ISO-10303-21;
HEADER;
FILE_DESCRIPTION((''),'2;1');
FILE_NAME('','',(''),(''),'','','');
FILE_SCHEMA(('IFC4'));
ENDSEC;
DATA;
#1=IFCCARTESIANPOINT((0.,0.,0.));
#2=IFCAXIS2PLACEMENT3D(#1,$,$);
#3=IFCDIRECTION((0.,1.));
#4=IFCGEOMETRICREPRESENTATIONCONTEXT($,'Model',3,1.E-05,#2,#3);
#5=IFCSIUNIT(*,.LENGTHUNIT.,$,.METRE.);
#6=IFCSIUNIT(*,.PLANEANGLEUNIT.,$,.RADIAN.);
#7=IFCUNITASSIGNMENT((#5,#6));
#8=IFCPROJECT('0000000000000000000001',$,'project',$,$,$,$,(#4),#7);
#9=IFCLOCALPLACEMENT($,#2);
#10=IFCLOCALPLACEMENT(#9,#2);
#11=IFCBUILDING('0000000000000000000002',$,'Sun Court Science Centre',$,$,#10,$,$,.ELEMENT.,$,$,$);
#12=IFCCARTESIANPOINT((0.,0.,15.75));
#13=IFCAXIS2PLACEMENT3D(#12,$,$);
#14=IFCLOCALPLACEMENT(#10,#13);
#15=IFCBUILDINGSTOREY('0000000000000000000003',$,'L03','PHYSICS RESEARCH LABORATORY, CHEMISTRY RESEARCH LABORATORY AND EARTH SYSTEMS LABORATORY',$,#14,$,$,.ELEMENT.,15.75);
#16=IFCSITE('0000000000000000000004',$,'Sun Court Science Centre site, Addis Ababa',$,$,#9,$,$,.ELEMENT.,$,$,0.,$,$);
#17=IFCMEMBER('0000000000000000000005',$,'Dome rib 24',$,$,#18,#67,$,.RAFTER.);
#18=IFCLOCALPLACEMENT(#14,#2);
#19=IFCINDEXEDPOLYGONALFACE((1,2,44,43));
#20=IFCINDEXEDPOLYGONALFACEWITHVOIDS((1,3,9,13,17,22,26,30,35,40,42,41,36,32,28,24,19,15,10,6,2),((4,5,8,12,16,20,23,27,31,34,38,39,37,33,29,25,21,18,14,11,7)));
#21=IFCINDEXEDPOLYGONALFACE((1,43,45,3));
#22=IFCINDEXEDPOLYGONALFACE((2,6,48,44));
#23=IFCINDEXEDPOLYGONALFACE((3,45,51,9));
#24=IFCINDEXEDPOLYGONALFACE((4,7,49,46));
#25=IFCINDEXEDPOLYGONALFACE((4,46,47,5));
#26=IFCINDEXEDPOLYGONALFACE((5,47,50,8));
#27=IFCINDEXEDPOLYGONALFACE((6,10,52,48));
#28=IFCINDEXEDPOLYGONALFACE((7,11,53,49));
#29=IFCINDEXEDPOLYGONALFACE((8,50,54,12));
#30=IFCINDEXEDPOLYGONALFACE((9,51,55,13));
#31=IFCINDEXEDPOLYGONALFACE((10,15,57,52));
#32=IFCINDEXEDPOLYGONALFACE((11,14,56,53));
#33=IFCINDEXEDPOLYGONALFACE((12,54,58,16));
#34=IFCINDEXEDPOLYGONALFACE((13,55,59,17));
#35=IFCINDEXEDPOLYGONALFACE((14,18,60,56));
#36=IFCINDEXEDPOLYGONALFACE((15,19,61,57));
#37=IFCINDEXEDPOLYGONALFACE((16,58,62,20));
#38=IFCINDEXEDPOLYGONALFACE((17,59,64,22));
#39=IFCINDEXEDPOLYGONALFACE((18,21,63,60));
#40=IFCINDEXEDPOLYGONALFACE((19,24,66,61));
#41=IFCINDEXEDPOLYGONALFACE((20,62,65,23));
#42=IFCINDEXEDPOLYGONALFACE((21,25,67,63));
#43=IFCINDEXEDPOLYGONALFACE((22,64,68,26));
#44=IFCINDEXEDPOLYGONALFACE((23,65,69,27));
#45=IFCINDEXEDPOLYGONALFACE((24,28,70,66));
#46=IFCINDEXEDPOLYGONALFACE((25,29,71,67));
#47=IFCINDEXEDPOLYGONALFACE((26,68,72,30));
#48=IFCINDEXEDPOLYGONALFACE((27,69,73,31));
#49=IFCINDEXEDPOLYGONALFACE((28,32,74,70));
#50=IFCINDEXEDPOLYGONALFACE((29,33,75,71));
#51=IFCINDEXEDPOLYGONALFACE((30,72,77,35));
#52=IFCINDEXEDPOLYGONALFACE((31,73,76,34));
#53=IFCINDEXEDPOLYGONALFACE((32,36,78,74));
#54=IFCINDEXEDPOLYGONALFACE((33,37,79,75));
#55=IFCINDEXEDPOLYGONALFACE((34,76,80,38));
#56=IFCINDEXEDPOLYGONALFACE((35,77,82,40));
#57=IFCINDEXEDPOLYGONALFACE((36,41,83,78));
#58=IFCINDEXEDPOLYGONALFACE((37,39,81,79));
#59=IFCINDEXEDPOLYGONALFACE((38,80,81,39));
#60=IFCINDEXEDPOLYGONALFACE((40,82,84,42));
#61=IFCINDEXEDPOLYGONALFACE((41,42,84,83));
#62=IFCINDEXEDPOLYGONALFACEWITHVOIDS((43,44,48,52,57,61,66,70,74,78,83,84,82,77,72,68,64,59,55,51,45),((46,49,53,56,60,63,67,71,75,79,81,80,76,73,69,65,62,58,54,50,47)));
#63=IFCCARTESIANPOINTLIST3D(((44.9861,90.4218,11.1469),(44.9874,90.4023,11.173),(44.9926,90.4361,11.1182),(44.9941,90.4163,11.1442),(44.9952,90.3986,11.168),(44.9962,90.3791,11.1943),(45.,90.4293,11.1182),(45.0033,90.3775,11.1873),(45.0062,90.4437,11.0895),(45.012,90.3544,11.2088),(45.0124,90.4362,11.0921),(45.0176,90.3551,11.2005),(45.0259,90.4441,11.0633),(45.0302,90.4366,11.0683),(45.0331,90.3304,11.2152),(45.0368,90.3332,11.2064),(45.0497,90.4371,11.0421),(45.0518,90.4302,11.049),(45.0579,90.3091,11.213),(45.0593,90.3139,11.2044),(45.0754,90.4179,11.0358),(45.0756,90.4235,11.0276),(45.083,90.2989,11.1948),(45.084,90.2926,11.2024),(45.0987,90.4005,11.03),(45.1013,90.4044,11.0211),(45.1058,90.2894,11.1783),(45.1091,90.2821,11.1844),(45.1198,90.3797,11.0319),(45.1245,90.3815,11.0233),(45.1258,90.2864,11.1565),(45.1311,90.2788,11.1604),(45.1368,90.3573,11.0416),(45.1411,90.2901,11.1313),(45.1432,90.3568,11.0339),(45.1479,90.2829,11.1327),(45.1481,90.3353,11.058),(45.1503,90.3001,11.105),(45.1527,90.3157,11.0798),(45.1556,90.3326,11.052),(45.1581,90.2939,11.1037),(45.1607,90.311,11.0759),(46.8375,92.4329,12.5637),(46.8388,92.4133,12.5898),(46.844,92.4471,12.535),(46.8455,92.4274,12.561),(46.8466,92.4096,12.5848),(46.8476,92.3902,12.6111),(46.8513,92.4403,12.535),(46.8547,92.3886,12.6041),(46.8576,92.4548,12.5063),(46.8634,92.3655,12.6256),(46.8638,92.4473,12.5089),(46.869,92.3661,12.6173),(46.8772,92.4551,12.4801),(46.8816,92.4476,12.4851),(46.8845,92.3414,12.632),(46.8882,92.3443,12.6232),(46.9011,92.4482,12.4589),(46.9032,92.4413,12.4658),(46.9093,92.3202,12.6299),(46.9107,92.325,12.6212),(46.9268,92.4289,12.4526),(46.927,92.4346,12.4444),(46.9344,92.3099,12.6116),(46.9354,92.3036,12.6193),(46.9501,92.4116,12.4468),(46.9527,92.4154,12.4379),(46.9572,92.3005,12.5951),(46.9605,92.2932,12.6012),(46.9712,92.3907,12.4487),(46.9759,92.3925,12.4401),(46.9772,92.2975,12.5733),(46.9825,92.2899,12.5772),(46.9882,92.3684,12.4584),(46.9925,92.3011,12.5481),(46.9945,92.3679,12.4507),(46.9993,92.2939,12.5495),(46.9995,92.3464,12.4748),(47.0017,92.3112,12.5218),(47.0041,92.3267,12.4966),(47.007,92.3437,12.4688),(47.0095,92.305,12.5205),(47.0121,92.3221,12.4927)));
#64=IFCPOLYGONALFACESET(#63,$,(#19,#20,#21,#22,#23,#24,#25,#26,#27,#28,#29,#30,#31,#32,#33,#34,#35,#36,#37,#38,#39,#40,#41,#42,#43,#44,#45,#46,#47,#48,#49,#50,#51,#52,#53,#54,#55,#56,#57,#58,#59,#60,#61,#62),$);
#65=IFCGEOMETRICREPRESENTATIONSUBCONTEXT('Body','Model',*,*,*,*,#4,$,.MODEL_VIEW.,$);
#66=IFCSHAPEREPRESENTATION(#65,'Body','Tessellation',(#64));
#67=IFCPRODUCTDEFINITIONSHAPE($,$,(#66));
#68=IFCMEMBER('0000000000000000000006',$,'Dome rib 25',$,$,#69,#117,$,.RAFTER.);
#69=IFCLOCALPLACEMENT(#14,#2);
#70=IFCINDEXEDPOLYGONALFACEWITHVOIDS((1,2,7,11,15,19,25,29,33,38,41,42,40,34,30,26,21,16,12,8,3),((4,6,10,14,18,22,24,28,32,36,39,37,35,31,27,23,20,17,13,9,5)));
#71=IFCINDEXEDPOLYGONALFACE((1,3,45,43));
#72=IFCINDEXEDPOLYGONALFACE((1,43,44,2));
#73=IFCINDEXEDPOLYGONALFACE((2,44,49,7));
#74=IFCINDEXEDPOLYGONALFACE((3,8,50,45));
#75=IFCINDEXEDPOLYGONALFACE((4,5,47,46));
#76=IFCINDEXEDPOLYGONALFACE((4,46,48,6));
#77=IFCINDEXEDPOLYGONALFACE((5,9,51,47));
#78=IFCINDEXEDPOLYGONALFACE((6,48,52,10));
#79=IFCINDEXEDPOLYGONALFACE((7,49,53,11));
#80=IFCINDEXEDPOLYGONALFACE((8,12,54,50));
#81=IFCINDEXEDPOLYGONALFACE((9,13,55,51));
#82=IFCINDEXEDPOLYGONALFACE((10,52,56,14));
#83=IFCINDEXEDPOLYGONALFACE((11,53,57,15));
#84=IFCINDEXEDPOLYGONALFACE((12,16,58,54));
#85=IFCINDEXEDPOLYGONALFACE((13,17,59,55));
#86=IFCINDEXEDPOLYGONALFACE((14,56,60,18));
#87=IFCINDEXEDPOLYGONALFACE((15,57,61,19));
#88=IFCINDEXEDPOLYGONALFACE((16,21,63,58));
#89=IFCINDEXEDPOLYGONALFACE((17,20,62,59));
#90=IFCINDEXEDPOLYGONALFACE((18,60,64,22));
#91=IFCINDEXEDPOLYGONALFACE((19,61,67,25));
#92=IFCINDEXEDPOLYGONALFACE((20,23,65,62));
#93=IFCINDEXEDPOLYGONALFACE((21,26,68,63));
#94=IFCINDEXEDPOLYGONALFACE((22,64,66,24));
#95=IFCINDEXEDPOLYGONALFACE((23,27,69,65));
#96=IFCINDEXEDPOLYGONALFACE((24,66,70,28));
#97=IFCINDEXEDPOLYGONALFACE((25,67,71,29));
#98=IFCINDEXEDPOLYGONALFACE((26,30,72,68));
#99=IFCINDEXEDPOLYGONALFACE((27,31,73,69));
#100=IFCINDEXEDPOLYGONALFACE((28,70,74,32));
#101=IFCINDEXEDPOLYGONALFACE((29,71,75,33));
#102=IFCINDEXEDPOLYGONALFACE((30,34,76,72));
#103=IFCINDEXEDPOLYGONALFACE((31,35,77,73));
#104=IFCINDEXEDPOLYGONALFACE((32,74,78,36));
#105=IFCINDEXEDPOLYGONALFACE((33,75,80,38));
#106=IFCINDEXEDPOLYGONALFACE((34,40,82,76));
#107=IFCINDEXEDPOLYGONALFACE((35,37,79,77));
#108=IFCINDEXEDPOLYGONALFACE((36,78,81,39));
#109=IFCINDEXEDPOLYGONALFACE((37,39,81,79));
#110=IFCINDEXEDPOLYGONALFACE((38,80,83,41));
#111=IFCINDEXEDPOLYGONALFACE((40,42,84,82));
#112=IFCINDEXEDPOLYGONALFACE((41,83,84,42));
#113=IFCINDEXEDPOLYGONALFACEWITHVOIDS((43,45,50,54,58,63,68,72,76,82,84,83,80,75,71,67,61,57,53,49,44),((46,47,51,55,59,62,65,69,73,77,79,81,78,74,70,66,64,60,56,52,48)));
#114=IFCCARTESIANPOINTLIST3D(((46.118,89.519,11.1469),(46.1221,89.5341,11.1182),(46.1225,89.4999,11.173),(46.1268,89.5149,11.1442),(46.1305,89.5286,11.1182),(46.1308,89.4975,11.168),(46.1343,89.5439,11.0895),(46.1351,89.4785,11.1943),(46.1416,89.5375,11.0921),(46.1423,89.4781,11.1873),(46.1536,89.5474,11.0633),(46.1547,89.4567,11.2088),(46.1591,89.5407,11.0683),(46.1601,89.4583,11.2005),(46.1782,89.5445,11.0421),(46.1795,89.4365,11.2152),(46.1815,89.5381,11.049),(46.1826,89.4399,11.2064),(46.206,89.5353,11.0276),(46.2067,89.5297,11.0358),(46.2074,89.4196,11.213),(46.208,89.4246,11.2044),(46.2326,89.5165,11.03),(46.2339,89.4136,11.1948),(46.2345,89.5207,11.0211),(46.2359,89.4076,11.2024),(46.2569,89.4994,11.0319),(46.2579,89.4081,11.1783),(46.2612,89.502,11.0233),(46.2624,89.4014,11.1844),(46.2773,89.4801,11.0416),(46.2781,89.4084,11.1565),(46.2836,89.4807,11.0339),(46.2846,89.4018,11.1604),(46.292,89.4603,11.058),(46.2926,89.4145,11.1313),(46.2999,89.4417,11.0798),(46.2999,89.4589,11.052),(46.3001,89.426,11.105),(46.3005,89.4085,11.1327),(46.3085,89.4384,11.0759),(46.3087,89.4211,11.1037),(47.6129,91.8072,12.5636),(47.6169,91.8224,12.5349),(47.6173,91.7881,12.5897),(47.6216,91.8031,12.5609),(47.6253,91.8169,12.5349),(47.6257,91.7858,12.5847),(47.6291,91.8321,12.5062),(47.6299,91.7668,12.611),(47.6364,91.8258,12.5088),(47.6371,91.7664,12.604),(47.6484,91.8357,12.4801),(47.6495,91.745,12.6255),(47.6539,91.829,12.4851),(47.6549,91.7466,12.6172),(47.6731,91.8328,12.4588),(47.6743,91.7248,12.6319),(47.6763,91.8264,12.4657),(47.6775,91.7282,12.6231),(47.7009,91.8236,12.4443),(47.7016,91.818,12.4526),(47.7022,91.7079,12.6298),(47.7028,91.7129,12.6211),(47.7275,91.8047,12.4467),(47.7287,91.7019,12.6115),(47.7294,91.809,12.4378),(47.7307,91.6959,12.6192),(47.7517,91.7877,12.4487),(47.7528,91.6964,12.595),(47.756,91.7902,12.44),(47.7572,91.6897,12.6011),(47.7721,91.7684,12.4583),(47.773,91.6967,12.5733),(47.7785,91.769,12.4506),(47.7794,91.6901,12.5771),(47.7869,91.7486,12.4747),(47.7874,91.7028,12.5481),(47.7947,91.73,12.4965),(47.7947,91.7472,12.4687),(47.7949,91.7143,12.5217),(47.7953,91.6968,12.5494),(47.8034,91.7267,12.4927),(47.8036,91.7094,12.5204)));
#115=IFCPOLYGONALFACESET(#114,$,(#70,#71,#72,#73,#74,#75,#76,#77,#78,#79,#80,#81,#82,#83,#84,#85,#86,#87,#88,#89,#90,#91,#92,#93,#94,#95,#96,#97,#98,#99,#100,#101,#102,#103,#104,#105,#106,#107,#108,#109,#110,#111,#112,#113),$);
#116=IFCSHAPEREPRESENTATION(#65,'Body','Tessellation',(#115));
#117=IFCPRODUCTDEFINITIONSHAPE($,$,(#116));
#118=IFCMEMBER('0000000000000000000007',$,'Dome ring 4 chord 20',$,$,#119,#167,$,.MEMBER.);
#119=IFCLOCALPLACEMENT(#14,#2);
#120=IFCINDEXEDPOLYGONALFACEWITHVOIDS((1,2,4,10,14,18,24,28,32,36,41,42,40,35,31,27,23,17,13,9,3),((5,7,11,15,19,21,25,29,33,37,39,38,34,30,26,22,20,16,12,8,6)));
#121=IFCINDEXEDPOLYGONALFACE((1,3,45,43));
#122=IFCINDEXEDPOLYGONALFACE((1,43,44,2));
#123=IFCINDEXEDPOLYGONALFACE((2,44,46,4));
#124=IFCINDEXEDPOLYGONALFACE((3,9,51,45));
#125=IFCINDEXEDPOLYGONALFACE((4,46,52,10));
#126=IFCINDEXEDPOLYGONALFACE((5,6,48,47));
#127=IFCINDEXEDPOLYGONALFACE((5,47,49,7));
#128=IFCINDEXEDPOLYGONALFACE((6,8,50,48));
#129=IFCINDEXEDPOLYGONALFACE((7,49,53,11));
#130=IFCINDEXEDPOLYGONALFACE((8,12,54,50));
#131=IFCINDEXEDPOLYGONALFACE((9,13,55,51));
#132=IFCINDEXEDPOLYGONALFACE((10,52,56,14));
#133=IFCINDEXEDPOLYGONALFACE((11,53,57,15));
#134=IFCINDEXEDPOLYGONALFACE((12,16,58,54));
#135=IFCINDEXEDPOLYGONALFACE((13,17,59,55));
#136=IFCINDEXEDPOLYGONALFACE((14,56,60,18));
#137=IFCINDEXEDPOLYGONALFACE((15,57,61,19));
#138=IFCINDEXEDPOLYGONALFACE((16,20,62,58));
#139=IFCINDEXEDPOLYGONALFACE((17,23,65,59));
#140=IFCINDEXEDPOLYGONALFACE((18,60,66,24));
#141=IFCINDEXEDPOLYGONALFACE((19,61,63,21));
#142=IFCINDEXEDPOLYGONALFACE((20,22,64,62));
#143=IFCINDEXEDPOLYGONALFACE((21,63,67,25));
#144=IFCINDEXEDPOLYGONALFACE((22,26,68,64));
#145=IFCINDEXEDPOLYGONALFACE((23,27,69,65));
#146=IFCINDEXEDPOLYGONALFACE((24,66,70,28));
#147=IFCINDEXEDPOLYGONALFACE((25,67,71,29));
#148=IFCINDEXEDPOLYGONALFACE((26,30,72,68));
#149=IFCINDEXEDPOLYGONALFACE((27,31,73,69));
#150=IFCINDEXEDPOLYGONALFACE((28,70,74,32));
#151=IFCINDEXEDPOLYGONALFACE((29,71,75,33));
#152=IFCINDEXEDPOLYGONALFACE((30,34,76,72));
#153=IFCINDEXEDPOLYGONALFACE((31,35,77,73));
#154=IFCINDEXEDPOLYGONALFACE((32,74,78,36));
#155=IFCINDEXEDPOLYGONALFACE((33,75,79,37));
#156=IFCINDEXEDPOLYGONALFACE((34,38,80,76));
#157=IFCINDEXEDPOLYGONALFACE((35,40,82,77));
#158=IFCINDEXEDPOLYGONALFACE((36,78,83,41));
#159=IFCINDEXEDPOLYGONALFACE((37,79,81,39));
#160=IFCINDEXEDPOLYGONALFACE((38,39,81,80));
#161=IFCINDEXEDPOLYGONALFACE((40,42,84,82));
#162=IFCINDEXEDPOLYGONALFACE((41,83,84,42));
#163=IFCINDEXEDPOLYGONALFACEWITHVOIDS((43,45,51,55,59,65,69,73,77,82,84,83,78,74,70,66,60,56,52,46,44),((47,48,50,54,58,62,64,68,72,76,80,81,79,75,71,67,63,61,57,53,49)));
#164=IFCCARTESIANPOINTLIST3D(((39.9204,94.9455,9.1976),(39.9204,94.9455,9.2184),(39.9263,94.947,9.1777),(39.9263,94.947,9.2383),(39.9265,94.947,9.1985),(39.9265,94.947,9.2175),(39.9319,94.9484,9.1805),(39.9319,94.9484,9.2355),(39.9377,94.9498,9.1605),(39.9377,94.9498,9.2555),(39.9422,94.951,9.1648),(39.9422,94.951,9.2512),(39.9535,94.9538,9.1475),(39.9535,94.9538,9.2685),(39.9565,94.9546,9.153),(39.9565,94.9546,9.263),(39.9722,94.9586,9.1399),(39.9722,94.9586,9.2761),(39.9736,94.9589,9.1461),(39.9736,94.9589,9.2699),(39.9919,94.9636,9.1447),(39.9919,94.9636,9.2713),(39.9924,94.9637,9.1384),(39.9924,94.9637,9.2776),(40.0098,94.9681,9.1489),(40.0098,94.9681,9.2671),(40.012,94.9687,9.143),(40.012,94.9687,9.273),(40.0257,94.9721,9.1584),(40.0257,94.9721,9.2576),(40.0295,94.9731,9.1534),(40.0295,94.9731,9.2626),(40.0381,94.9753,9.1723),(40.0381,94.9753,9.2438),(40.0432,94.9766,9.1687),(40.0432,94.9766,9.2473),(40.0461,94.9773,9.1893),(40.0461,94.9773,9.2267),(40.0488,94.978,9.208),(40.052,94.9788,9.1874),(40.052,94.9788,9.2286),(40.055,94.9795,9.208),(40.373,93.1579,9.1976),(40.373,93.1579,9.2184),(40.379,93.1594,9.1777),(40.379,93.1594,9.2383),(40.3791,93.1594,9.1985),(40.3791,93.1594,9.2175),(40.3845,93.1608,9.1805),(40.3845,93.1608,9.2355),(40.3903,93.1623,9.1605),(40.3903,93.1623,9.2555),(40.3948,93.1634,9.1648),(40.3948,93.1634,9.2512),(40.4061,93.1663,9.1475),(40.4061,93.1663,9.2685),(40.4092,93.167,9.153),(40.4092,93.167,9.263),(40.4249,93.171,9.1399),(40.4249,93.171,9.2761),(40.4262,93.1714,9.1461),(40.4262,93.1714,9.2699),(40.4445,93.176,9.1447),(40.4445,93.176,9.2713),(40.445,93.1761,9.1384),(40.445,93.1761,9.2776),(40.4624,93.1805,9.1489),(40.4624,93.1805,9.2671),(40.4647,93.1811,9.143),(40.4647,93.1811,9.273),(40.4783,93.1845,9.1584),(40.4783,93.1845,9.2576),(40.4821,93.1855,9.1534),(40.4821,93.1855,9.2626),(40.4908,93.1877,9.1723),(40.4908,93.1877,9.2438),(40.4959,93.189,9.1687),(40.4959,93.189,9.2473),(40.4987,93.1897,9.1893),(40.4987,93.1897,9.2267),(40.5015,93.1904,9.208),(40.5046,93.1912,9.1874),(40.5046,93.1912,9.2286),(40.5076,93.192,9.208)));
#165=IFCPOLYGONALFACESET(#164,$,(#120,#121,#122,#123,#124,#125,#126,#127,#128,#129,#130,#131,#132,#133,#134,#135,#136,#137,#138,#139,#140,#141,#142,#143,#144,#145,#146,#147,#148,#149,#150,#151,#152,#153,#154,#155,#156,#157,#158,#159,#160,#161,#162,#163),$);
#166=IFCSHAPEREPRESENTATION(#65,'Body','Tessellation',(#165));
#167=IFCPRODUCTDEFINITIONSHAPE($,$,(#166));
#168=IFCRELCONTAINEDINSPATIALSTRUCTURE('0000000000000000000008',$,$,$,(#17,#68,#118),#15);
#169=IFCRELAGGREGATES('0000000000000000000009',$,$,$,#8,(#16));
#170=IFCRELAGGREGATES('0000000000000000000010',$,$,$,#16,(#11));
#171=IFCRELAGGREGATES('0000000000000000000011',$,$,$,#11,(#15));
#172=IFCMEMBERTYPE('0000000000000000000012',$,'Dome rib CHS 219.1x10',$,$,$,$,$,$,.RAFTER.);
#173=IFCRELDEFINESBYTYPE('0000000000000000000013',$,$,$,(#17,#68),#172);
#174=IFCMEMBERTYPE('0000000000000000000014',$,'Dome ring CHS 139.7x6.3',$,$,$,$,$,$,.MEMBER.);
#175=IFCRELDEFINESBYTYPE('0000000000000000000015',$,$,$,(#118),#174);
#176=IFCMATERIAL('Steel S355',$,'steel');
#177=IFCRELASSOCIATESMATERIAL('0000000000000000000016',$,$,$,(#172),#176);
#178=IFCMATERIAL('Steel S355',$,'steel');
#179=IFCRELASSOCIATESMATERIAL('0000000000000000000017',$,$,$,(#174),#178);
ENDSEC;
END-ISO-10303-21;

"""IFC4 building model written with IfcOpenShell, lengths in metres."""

from ifc_helpers import new_model, si_unit, direction, frame, origin, origin_2d, place, context, subcontext, project, spatial, hollow_circle, extrude, material, material_profile, profile_set, type_object, element, save


model = new_model("IFC4")

# Units and contexts
model_context = context("Model", 3, precision=1e-05, world=origin(), true_north=direction((0.0, 1.0)))
body_context = subcontext(model_context, "Body", "Model", "MODEL_VIEW")
ifc_project = project(units=[si_unit("LENGTHUNIT", "METRE"), si_unit("PLANEANGLEUNIT", "RADIAN")], contexts=[model_context])

# Site, building, storey
site_placement = place(None, origin())
site = spatial("IfcSite", under=ifc_project, at=site_placement, Name="Sun Court Science Centre site, Addis Ababa", CompositionType="ELEMENT", RefElevation=0.0)
building_placement = place(site_placement, origin())
building = spatial("IfcBuilding", under=site, at=building_placement, Name="Sun Court Science Centre", CompositionType="ELEMENT")
storey_placement = place(building_placement, frame((0.0, 0.0, 15.75)))
storey = spatial("IfcBuildingStorey", under=building, at=storey_placement, Name="L03", Description="PHYSICS RESEARCH LABORATORY, CHEMISTRY RESEARCH LABORATORY AND EARTH SYSTEMS LABORATORY", CompositionType="ELEMENT", Elevation=15.75)

# Members
ifc_material_1 = material(Name="Steel S355", Category="steel")
ifc_material_profile_1 = material_profile(ifc_material_1, hollow_circle(Radius=0.1096, WallThickness=0.01, at=origin_2d()), Name="CHS 219.1x10")
ifc_profile_set_1 = profile_set([ifc_material_profile_1], Name="Steel S355")
member_type_1 = type_object("IfcMemberType", Name="Dome rib CHS 219.1x10", PredefinedType="RAFTER", material=ifc_profile_set_1)
member_1_placement = place(storey_placement, frame((45.0732, 90.3618, 11.1182), z_axis=(0.601324, 0.653186, 0.460172), x_axis=(-0.73571, 0.677296, 0.0)))
element("IfcMember", 1, at=member_1_placement, inside=storey, type_object=member_type_1, Name="Dome rib 24", PredefinedType="RAFTER", context=body_context, shape_type="SweptSolid", body=[
    extrude(hollow_circle(Radius=0.1096, WallThickness=0.01, at=origin_2d()), origin(), (0.0, 0.0, 1.0), 3.0789),
])
member_2_placement = place(storey_placement, frame((46.2139, 89.4741, 11.1182), z_axis=(0.485556, 0.743283, 0.46018), x_axis=(-0.837195, 0.546905, 0.0)))
element("IfcMember", 2, at=member_2_placement, inside=storey, type_object=member_type_1, Name="Dome rib 25", PredefinedType="RAFTER", context=body_context, shape_type="SweptSolid", body=[
    extrude(hollow_circle(Radius=0.1096, WallThickness=0.01, at=origin_2d()), origin(), (0.0, 0.0, 1.0), 3.0786),
])
ifc_material_2 = material(Name="Steel S355", Category="steel")
ifc_material_profile_2 = material_profile(ifc_material_2, hollow_circle(Radius=0.0698, WallThickness=0.0063, at=origin_2d()), Name="CHS 139.7x6.3")
ifc_profile_set_2 = profile_set([ifc_material_profile_2], Name="Steel S355")
member_type_2 = type_object("IfcMemberType", Name="Dome ring CHS 139.7x6.3", PredefinedType="MEMBER", material=ifc_profile_set_2)
member_3_placement = place(storey_placement, frame((39.9873, 94.9624, 9.208), z_axis=(0.245463, -0.969406, 0.0), x_axis=(0.969406, 0.245463, 0.0)))
element("IfcMember", 3, at=member_3_placement, inside=storey, type_object=member_type_2, Name="Dome ring 4 chord 20", PredefinedType="MEMBER", context=body_context, shape_type="SweptSolid", body=[
    extrude(hollow_circle(Radius=0.0698, WallThickness=0.0063, at=origin_2d()), origin(), (0.0, 0.0, 1.0), 1.844),
])

save(model, "model.ifc")
